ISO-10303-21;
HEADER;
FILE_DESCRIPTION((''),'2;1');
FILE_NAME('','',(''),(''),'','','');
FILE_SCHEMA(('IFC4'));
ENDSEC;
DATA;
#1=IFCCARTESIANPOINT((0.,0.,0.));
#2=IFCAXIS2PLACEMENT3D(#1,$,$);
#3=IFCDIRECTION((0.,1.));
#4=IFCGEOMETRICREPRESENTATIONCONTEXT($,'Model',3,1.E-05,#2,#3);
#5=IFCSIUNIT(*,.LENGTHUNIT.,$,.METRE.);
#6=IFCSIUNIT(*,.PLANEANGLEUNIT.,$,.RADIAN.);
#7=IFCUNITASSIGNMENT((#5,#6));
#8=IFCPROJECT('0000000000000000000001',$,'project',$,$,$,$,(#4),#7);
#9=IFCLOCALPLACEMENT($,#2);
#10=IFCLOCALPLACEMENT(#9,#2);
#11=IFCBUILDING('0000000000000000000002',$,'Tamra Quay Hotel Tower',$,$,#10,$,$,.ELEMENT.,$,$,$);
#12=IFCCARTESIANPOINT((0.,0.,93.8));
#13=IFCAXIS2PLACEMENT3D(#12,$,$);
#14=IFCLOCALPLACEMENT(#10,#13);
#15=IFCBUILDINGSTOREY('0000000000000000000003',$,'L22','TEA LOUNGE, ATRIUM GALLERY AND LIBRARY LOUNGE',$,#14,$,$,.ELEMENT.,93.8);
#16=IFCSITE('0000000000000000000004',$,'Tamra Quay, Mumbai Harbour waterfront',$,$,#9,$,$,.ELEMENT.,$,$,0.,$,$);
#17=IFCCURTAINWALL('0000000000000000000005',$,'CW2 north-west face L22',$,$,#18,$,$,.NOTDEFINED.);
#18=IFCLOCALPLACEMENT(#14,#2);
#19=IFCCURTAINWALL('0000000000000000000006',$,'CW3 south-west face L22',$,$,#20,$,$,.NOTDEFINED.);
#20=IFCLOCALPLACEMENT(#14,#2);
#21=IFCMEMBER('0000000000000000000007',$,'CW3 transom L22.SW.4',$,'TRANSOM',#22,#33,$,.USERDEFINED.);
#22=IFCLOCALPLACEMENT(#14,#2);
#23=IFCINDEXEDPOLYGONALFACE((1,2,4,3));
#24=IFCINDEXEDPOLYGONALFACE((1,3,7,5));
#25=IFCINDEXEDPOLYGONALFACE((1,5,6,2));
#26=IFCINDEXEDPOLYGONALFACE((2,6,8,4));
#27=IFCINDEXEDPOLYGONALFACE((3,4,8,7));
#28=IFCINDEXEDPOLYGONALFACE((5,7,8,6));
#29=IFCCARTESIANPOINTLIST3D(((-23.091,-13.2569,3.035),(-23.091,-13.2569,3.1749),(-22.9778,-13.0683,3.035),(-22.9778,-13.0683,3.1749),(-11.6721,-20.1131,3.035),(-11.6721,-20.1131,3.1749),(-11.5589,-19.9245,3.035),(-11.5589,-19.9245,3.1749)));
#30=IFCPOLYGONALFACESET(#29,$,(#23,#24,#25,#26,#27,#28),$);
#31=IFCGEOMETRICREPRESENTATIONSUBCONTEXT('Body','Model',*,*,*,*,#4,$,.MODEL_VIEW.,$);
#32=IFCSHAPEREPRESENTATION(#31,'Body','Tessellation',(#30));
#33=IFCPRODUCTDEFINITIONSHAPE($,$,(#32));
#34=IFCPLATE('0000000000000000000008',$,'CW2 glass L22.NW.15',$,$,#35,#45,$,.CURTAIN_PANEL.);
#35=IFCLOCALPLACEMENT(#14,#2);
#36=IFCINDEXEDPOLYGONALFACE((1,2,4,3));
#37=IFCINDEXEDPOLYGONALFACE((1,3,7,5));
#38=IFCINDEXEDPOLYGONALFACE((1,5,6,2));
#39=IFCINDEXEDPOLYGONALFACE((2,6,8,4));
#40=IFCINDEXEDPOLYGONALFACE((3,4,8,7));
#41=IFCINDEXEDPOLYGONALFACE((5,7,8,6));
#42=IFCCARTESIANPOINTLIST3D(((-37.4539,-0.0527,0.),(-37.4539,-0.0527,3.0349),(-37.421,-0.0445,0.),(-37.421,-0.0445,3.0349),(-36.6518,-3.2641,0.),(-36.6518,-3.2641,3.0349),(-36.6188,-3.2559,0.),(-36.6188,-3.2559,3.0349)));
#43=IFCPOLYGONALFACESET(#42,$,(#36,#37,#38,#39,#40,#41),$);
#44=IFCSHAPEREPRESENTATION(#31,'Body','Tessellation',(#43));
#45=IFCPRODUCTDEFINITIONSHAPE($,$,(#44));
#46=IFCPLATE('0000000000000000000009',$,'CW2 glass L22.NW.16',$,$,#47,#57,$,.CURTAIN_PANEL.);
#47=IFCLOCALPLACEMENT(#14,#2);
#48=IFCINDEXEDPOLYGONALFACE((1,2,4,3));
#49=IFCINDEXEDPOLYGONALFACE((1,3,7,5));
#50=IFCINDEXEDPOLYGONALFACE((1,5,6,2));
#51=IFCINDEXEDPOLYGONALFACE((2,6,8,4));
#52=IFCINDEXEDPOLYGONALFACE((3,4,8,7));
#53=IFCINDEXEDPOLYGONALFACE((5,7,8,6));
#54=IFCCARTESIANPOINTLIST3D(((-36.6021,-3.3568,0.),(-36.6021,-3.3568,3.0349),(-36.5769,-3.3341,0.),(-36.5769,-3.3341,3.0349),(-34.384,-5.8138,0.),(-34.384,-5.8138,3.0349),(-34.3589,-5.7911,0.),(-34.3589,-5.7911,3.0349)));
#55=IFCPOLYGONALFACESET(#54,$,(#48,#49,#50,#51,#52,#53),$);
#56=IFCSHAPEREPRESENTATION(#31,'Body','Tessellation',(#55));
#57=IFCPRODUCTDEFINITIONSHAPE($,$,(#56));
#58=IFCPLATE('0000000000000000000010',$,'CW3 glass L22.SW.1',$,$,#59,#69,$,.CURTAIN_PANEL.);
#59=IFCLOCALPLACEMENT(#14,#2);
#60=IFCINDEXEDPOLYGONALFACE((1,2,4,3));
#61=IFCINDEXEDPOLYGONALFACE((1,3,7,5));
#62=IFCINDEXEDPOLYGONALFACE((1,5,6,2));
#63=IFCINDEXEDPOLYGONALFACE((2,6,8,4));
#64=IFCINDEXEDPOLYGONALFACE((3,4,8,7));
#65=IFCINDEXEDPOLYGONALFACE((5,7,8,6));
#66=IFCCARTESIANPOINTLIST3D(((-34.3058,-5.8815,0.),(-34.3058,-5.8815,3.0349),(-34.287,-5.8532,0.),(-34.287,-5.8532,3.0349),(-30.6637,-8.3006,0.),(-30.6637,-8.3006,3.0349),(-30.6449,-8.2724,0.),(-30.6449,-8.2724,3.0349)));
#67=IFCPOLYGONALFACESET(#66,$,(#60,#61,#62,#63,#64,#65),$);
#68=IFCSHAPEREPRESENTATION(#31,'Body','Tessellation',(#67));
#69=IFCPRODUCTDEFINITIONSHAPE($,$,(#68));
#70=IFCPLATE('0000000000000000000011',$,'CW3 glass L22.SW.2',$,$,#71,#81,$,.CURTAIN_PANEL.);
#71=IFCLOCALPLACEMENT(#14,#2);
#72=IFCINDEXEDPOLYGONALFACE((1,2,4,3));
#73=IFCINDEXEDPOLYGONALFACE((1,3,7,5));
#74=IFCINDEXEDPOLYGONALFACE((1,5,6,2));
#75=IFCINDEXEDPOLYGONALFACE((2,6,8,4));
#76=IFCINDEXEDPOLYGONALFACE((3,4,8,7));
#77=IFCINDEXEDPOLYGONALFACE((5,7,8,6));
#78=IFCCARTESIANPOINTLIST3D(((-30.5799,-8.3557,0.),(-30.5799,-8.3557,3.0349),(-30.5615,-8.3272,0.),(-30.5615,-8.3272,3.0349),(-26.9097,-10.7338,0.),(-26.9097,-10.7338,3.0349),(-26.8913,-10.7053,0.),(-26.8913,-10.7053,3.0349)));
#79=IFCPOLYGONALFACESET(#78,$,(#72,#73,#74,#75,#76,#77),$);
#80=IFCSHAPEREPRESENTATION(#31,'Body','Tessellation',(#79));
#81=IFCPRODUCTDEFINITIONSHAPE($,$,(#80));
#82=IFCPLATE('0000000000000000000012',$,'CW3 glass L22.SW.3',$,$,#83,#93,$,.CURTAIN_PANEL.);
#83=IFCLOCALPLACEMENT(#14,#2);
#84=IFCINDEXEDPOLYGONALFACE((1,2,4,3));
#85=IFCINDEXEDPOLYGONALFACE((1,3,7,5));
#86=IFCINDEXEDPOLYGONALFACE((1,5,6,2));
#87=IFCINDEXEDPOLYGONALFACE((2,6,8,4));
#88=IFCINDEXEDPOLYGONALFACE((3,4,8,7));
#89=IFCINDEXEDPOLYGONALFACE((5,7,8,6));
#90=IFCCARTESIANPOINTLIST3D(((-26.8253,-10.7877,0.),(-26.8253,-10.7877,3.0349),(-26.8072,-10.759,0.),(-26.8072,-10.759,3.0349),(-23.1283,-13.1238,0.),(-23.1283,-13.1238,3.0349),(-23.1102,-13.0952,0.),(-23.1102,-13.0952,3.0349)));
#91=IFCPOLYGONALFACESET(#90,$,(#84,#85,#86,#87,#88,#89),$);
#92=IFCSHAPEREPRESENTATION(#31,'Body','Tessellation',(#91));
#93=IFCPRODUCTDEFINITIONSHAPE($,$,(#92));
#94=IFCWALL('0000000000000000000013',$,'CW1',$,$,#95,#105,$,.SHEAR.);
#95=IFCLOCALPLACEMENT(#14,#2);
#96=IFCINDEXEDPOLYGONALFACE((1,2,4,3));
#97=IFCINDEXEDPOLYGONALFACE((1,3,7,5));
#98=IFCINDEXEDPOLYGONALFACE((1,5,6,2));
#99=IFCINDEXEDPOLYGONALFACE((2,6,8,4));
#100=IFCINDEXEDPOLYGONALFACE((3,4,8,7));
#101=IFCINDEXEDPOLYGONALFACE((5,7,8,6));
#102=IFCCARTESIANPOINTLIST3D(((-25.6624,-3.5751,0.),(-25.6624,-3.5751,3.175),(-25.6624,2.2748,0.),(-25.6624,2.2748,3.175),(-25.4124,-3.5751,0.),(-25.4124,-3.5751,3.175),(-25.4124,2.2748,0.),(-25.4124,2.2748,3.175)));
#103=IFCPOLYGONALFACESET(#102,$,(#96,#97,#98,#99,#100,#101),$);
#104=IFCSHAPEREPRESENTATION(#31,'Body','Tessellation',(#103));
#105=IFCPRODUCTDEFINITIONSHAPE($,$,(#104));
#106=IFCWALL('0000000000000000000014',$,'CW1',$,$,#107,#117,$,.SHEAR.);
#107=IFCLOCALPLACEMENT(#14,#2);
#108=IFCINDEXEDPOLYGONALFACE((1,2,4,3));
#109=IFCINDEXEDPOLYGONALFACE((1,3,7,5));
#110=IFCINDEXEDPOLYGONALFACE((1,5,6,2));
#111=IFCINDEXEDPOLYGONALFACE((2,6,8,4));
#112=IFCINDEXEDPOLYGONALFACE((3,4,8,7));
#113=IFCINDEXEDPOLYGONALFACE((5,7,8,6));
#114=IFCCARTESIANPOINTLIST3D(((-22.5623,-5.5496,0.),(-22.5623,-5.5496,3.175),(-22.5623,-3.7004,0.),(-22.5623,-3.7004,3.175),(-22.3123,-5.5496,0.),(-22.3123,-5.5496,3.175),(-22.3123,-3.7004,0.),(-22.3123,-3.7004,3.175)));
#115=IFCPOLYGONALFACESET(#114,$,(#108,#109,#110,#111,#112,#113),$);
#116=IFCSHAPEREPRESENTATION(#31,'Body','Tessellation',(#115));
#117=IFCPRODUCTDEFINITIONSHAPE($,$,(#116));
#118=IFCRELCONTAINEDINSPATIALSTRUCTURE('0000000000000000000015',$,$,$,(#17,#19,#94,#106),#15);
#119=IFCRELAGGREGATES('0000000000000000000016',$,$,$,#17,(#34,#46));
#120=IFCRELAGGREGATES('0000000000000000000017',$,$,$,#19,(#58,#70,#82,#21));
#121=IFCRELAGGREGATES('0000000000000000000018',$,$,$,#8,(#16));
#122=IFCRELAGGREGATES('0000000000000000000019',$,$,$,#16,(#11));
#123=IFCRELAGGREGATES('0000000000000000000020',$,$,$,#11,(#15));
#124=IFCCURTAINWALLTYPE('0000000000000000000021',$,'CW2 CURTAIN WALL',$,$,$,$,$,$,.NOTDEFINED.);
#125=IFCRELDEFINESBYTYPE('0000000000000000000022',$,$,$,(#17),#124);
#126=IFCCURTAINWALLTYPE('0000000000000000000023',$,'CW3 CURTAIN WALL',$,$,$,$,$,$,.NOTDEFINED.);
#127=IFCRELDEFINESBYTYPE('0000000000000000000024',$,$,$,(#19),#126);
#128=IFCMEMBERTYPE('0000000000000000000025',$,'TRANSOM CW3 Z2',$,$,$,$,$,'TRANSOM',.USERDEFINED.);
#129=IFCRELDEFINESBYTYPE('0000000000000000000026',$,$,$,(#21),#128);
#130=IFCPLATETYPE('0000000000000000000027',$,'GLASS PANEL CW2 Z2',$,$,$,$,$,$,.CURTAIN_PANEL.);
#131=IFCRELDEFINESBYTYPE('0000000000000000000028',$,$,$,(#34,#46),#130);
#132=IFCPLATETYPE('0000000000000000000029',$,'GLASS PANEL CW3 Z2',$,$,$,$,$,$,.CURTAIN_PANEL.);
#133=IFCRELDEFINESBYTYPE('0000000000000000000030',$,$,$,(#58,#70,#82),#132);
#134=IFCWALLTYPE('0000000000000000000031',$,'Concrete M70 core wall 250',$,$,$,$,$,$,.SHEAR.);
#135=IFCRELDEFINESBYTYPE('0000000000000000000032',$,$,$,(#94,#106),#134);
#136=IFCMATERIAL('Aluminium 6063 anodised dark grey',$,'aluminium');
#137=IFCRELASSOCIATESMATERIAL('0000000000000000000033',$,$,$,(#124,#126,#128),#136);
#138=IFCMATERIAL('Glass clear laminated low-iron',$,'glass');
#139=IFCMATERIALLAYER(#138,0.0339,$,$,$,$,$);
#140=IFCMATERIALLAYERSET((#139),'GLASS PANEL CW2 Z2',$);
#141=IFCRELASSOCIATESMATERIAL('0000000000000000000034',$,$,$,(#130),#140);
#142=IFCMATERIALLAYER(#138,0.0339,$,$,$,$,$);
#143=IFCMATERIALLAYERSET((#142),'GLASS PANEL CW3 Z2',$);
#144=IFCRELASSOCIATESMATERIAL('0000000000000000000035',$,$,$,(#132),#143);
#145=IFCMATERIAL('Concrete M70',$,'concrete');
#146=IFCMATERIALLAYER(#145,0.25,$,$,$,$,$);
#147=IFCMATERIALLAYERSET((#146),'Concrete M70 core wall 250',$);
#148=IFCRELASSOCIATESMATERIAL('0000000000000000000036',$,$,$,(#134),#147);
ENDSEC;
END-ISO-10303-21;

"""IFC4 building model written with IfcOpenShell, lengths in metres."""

from ifc_helpers import new_model, si_unit, direction, frame, frame_2d, origin, origin_2d, place, context, subcontext, project, spatial, rectangle, extrude, material, layer, layer_set, material_profile, profile_set, type_object, element, aggregate, save


model = new_model("IFC4")

# Units and contexts
model_context = context("Model", 3, precision=1e-05, world=origin(), true_north=direction((0.0, 1.0)))
body_context = subcontext(model_context, "Body", "Model", "MODEL_VIEW")
ifc_project = project(units=[si_unit("LENGTHUNIT", "METRE"), si_unit("PLANEANGLEUNIT", "RADIAN")], contexts=[model_context])

# Site, building, storey
site_placement = place(None, origin())
site = spatial("IfcSite", under=ifc_project, at=site_placement, Name="Tamra Quay, Mumbai Harbour waterfront", CompositionType="ELEMENT", RefElevation=0.0)
building_placement = place(site_placement, origin())
building = spatial("IfcBuilding", under=site, at=building_placement, Name="Tamra Quay Hotel Tower", CompositionType="ELEMENT")
storey_placement = place(building_placement, frame((0.0, 0.0, 93.8)))
storey = spatial("IfcBuildingStorey", under=building, at=storey_placement, Name="L22", Description="TEA LOUNGE, ATRIUM GALLERY AND LIBRARY LOUNGE", CompositionType="ELEMENT", Elevation=93.8)

# Shared definitions
ifc_material_1 = material(Name="Concrete M70", Category="concrete")

# Curtain wall
ifc_material_2 = material(Name="Aluminium 6063 anodised dark grey", Category="aluminium")
curtain_wall_type_1 = type_object("IfcCurtainWallType", Name="CW2 CURTAIN WALL", PredefinedType="NOTDEFINED", material=ifc_material_2)
curtain_wall_1_placement = place(storey_placement, origin())
curtain_wall_1 = element("IfcCurtainWall", 1, at=curtain_wall_1_placement, inside=storey, type_object=curtain_wall_type_1, Name="CW2 north-west face L22", PredefinedType="NOTDEFINED")

# Curtain wall
curtain_wall_type_2 = type_object("IfcCurtainWallType", Name="CW3 CURTAIN WALL", PredefinedType="NOTDEFINED", material=ifc_material_2)
curtain_wall_2_placement = place(storey_placement, origin())
curtain_wall_2 = element("IfcCurtainWall", 2, at=curtain_wall_2_placement, inside=storey, type_object=curtain_wall_type_2, Name="CW3 south-west face L22", PredefinedType="NOTDEFINED")

# Member
ifc_material_profile_1 = material_profile(ifc_material_2, rectangle(XDim=0.22, YDim=0.1399, at=origin_2d()), Name="TRANSOM 220X140")
ifc_profile_set_1 = profile_set([ifc_material_profile_1], Name="Aluminium 6063 anodised dark grey")
member_type_1 = type_object("IfcMemberType", Name="TRANSOM CW3 Z2", ElementType="TRANSOM", PredefinedType="USERDEFINED", material=ifc_profile_set_1)
member_1_placement = place(storey_placement, frame((-23.0344, -13.1626, 3.105), z_axis=(0.857333, -0.514763, 0.0), x_axis=(0.514763, 0.857333, 0.0)))
member_1 = element("IfcMember", 3, at=member_1_placement, type_object=member_type_1, Name="CW3 transom L22.SW.4", ObjectType="TRANSOM", PredefinedType="USERDEFINED", context=body_context, shape_type="SweptSolid", body=[
    extrude(rectangle(XDim=0.22, YDim=0.1399, at=origin_2d()), origin(), (0.0, 0.0, 1.0), 13.3191),
])

# Plates
ifc_material_3 = material(Name="Glass clear laminated low-iron", Category="glass")
ifc_layer_1 = layer(ifc_material_3, 0.0339)
ifc_layer_set_1 = layer_set([ifc_layer_1], Name="GLASS PANEL CW2 Z2")
plate_type_1 = type_object("IfcPlateType", Name="GLASS PANEL CW2 Z2", PredefinedType="CURTAIN_PANEL", material=ifc_layer_set_1)
plate_1_placement = place(storey_placement, frame((-37.0364, -1.6543, 0.0), z_axis=(0.0, 0.0, 1.0), x_axis=(0.242339, -0.970192, 0.0)))
plate_1 = element("IfcPlate", 4, at=plate_1_placement, type_object=plate_type_1, Name="CW2 glass L22.NW.15", PredefinedType="CURTAIN_PANEL", context=body_context, shape_type="SweptSolid", body=[
    extrude(rectangle(XDim=3.3101, YDim=0.0339, at=origin_2d()), origin(), (0.0, 0.0, 1.0), 3.0349),
])
plate_2_placement = place(storey_placement, frame((-35.4805, -4.574, 0.0), z_axis=(0.0, 0.0, 1.0), x_axis=(0.670088, -0.742282, 0.0)))
plate_2 = element("IfcPlate", 5, at=plate_2_placement, type_object=plate_type_1, Name="CW2 glass L22.NW.16", PredefinedType="CURTAIN_PANEL", context=body_context, shape_type="SweptSolid", body=[
    extrude(rectangle(XDim=3.3101, YDim=0.0339, at=origin_2d()), origin(), (0.0, 0.0, 1.0), 3.0349),
])
aggregate(curtain_wall_1, [plate_1, plate_2])
ifc_layer_2 = layer(ifc_material_3, 0.0339)
ifc_layer_set_2 = layer_set([ifc_layer_2], Name="GLASS PANEL CW3 Z2")
plate_type_2 = type_object("IfcPlateType", Name="GLASS PANEL CW3 Z2", PredefinedType="CURTAIN_PANEL", material=ifc_layer_set_2)
plate_3_placement = place(storey_placement, frame((-32.4753, -7.0769, 0.0), z_axis=(0.0, 0.0, 1.0), x_axis=(0.832988, -0.553291, 0.0)))
plate_3 = element("IfcPlate", 6, at=plate_3_placement, type_object=plate_type_2, Name="CW3 glass L22.SW.1", PredefinedType="CURTAIN_PANEL", context=body_context, shape_type="SweptSolid", body=[
    extrude(rectangle(XDim=4.3723, YDim=0.0339, at=origin_2d()), origin(), (0.0, 0.0, 1.0), 3.0349),
])
plate_4_placement = place(storey_placement, frame((-28.7356, -9.5305, 0.0), z_axis=(0.0, 0.0, 1.0), x_axis=(0.839224, -0.543786, 0.0)))
plate_4 = element("IfcPlate", 7, at=plate_4_placement, type_object=plate_type_2, Name="CW3 glass L22.SW.2", PredefinedType="CURTAIN_PANEL", context=body_context, shape_type="SweptSolid", body=[
    extrude(rectangle(XDim=4.3733, YDim=0.0339, at=origin_2d()), origin(), (0.0, 0.0, 1.0), 3.0349),
])
plate_5_placement = place(storey_placement, frame((-24.9678, -11.9414, 0.0), z_axis=(0.0, 0.0, 1.0), x_axis=(0.845362, -0.534193, 0.0)))
plate_5 = element("IfcPlate", 8, at=plate_5_placement, type_object=plate_type_2, Name="CW3 glass L22.SW.3", PredefinedType="CURTAIN_PANEL", context=body_context, shape_type="SweptSolid", body=[
    extrude(rectangle(XDim=4.3733, YDim=0.0339, at=origin_2d()), origin(), (0.0, 0.0, 1.0), 3.0349),
])
aggregate(curtain_wall_2, [plate_3, plate_4, plate_5, member_1])

# Walls
ifc_layer_3 = layer(ifc_material_1, 0.25)
ifc_layer_set_3 = layer_set([ifc_layer_3], Name="Concrete M70 core wall 250")
wall_type = type_object("IfcWallType", Name="Concrete M70 core wall 250", PredefinedType="SHEAR", material=ifc_layer_set_3)
wall_1_placement = place(storey_placement, frame((-25.5374, -3.575, 0.0), z_axis=(0.0, 0.0, 1.0), x_axis=(0.0, 1.0, 0.0)))
element("IfcWall", 9, at=wall_1_placement, inside=storey, type_object=wall_type, Name="CW1", PredefinedType="SHEAR", context=body_context, shape_type="SweptSolid", body=[
    extrude(rectangle(XDim=5.8499, YDim=0.25, at=frame_2d((2.9248, 0.0))), origin(), (0.0, 0.0, 1.0), 3.175),
])
wall_2_placement = place(storey_placement, frame((-22.4373, -5.5496, 0.0), z_axis=(0.0, 0.0, 1.0), x_axis=(0.0, 1.0, 0.0)))
element("IfcWall", 10, at=wall_2_placement, inside=storey, type_object=wall_type, Name="CW1", PredefinedType="SHEAR", context=body_context, shape_type="SweptSolid", body=[
    extrude(rectangle(XDim=1.8491, YDim=0.25, at=frame_2d((0.9246, 0.0))), origin(), (0.0, 0.0, 1.0), 3.175),
])

save(model, "model.ifc")
